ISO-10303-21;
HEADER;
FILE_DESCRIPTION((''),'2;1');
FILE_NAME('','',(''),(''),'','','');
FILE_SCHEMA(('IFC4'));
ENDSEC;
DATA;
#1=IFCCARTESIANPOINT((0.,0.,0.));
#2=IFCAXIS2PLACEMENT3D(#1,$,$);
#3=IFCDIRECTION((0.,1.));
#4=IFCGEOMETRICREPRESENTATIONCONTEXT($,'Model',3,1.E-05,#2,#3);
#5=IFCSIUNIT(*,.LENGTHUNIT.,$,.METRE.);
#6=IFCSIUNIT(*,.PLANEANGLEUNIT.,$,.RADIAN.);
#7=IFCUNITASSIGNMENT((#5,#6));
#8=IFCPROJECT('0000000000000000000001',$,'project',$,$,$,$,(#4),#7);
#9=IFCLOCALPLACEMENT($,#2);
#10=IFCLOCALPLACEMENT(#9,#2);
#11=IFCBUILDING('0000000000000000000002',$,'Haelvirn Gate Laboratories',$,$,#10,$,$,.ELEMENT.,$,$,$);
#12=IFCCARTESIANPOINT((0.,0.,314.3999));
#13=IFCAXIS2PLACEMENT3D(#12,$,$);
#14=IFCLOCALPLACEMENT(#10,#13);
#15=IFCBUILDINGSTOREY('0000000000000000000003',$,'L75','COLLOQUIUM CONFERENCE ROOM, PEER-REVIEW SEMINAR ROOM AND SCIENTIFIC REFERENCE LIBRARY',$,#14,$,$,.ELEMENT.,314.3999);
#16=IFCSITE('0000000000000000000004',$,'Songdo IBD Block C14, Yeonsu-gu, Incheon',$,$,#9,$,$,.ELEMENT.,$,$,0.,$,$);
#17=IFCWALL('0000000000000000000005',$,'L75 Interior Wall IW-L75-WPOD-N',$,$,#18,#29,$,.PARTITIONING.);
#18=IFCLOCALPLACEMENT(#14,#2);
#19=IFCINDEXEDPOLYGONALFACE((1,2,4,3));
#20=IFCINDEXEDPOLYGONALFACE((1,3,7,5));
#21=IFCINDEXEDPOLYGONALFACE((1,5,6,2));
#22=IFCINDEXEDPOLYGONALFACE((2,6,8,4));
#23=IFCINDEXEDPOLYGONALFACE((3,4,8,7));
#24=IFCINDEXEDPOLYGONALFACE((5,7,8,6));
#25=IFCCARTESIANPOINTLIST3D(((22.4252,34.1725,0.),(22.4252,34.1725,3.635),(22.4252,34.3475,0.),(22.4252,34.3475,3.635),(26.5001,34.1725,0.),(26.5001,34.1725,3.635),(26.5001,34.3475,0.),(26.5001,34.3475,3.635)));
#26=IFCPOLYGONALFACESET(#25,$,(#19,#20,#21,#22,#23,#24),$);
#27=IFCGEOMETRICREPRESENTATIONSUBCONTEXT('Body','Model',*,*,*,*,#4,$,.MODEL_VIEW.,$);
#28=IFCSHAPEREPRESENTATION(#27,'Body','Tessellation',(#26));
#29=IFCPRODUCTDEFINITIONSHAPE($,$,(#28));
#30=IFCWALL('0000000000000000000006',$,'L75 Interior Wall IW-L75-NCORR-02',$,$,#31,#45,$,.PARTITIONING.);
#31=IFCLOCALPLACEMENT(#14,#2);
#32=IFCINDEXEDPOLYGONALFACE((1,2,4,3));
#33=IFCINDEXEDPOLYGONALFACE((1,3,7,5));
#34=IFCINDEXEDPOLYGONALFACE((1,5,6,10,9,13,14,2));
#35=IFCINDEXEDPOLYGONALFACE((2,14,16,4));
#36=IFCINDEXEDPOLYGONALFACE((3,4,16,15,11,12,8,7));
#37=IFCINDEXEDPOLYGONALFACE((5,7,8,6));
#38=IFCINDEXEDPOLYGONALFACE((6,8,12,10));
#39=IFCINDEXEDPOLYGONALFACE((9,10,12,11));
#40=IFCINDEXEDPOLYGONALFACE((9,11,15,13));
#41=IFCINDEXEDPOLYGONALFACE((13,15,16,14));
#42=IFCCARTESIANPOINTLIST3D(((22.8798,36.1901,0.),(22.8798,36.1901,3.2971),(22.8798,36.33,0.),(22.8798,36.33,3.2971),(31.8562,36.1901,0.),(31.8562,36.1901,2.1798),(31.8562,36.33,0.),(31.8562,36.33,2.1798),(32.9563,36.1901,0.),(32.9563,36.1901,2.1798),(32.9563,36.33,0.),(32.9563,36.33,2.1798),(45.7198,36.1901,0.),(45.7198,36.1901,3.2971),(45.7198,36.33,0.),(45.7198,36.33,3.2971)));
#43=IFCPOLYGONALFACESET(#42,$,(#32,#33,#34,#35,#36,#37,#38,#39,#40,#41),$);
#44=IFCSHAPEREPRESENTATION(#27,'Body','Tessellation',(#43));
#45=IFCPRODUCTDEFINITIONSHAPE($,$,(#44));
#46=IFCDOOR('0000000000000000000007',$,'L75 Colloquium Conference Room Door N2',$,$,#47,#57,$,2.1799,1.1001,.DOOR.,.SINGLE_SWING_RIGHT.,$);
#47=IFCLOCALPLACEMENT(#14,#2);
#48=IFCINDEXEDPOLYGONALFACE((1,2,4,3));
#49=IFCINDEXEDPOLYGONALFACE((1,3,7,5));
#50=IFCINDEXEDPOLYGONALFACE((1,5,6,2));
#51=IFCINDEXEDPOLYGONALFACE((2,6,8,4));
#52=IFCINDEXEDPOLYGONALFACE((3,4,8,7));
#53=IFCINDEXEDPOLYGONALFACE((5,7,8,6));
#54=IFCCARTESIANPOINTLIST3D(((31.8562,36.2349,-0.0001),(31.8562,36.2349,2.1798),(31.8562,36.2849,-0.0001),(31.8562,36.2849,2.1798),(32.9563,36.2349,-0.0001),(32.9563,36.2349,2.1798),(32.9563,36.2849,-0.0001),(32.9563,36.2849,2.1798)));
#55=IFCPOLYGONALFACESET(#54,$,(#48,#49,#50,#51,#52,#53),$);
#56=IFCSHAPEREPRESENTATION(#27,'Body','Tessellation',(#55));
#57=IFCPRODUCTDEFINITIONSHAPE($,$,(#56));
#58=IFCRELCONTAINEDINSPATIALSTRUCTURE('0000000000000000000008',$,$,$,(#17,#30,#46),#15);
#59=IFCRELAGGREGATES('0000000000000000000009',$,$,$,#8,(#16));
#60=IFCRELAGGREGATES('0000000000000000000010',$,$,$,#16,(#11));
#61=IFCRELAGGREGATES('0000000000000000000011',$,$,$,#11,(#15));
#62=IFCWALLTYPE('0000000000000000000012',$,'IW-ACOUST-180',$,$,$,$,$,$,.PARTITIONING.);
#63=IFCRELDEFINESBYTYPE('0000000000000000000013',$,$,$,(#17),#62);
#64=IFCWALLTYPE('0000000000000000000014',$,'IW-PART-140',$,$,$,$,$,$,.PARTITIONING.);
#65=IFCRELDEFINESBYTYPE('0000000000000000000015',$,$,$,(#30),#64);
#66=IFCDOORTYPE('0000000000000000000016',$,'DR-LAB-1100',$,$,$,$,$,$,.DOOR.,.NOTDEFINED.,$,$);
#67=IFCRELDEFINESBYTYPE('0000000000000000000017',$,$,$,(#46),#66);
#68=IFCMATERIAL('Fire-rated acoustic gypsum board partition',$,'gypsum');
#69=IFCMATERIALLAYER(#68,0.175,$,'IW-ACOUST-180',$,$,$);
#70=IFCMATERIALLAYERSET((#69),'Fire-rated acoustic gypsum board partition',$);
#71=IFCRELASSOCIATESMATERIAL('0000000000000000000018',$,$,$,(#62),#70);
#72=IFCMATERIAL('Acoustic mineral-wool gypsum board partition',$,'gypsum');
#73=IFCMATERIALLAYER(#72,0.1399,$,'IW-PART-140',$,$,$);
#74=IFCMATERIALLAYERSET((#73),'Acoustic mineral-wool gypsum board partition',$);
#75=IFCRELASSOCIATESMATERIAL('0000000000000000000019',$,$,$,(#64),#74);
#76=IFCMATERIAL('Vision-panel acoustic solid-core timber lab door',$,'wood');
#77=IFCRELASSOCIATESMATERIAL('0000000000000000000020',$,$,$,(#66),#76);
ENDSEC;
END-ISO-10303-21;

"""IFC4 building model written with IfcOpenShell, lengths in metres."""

from ifc_helpers import new_model, si_unit, direction, frame, frame_2d, origin, place, context, subcontext, project, spatial, rectangle, extrude, source, transform, mapped, material, layer, layer_set, type_object, type_shapes, element, fill, save


model = new_model("IFC4")

# Units and contexts
model_context = context("Model", 3, precision=1e-05, world=origin(), true_north=direction((0.0, 1.0)))
body_context = subcontext(model_context, "Body", "Model", "MODEL_VIEW")
ifc_project = project(units=[si_unit("LENGTHUNIT", "METRE"), si_unit("PLANEANGLEUNIT", "RADIAN")], contexts=[model_context])

# Site, building, storey
site_placement = place(None, origin())
site = spatial("IfcSite", under=ifc_project, at=site_placement, Name="Songdo IBD Block C14, Yeonsu-gu, Incheon", CompositionType="ELEMENT", RefElevation=0.0)
building_placement = place(site_placement, origin())
building = spatial("IfcBuilding", under=site, at=building_placement, Name="Haelvirn Gate Laboratories", CompositionType="ELEMENT")
storey_placement = place(building_placement, frame((0.0, 0.0, 314.3999)))
storey = spatial("IfcBuildingStorey", under=building, at=storey_placement, Name="L75", Description="COLLOQUIUM CONFERENCE ROOM, PEER-REVIEW SEMINAR ROOM AND SCIENTIFIC REFERENCE LIBRARY", CompositionType="ELEMENT", Elevation=314.3999)

# Wall
ifc_material_1 = material(Name="Fire-rated acoustic gypsum board partition", Category="gypsum")
ifc_layer_1 = layer(ifc_material_1, 0.175, Name="IW-ACOUST-180")
ifc_layer_set_1 = layer_set([ifc_layer_1], Name="Fire-rated acoustic gypsum board partition")
wall_type_1 = type_object("IfcWallType", Name="IW-ACOUST-180", PredefinedType="PARTITIONING", material=ifc_layer_set_1)
wall_1_placement = place(storey_placement, frame((22.425, 34.26, 0.0), z_axis=(0.0, 0.0, 1.0), x_axis=(1.0, 0.0, 0.0)))
element("IfcWall", 1, at=wall_1_placement, inside=storey, type_object=wall_type_1, Name="L75 Interior Wall IW-L75-WPOD-N", PredefinedType="PARTITIONING", context=body_context, shape_type="SweptSolid", body=[
    extrude(rectangle(XDim=4.075, YDim=0.175, at=frame_2d((2.0376, 0.0))), origin(), (0.0, 0.0, 1.0), 3.635),
])

# Wall, opening, door
ifc_material_2 = material(Name="Acoustic mineral-wool gypsum board partition", Category="gypsum")
ifc_layer_2 = layer(ifc_material_2, 0.1399, Name="IW-PART-140")
ifc_layer_set_2 = layer_set([ifc_layer_2], Name="Acoustic mineral-wool gypsum board partition")
wall_type_2 = type_object("IfcWallType", Name="IW-PART-140", PredefinedType="PARTITIONING", material=ifc_layer_set_2)
wall_2_placement = place(storey_placement, frame((22.8799, 36.26, 0.0), z_axis=(0.0, 0.0, 1.0), x_axis=(1.0, 0.0, 0.0)))
wall_2 = element("IfcWall", 2, at=wall_2_placement, inside=storey, type_object=wall_type_2, Name="L75 Interior Wall IW-L75-NCORR-02", PredefinedType="PARTITIONING", context=body_context, shape_type="SweptSolid", body=[
    extrude(rectangle(XDim=22.8401, YDim=0.1399, at=frame_2d((11.4199, 0.0))), origin(), (0.0, 0.0, 1.0), 3.2971),
])
opening_placement = place(wall_2_placement, frame((8.9763, 0.0, 0.0)))
opening = element("IfcOpeningElement", 3, at=opening_placement, cuts=wall_2, PredefinedType="OPENING", context=body_context, shape_type="SweptSolid", body=[
    extrude(rectangle(XDim=1.1001, YDim=2.1799, at=frame_2d((0.55, 1.0898))), frame((0.0, 0.0801, 0.0), z_axis=(0.0, -1.0, 0.0), x_axis=(1.0, 0.0, 0.0)), (0.0, 0.0, 1.0), 0.1599),
])
ifc_material_3 = material(Name="Vision-panel acoustic solid-core timber lab door", Category="wood")
door_type = type_object("IfcDoorType", Name="DR-LAB-1100", OperationType="NOTDEFINED", PredefinedType="DOOR", material=ifc_material_3)
shared_shape_1 = source(origin(), body_context, "Body", "SweptSolid", [
    extrude(rectangle(XDim=1.1001, YDim=2.1799, at=frame_2d((0.55, 1.0898))), frame((0.0, 0.0249, 0.0), z_axis=(0.0, -1.0, 0.0), x_axis=(1.0, 0.0, 0.0)), (0.0, 0.0, 1.0), 0.05),
])
type_shapes(door_type, [shared_shape_1])
door_placement = place(opening_placement, origin())
door = element("IfcDoor", 4, at=door_placement, inside=storey, type_object=door_type, Name="L75 Colloquium Conference Room Door N2", OperationType="SINGLE_SWING_RIGHT", OverallHeight=2.1799, OverallWidth=1.1001, PredefinedType="DOOR", context=body_context, shape_type="MappedRepresentation", body=[
    mapped(shared_shape_1, transform((0.0, 0.0, 0.0), scale=1.0)),
])
fill(opening, door)

save(model, "model.ifc")
